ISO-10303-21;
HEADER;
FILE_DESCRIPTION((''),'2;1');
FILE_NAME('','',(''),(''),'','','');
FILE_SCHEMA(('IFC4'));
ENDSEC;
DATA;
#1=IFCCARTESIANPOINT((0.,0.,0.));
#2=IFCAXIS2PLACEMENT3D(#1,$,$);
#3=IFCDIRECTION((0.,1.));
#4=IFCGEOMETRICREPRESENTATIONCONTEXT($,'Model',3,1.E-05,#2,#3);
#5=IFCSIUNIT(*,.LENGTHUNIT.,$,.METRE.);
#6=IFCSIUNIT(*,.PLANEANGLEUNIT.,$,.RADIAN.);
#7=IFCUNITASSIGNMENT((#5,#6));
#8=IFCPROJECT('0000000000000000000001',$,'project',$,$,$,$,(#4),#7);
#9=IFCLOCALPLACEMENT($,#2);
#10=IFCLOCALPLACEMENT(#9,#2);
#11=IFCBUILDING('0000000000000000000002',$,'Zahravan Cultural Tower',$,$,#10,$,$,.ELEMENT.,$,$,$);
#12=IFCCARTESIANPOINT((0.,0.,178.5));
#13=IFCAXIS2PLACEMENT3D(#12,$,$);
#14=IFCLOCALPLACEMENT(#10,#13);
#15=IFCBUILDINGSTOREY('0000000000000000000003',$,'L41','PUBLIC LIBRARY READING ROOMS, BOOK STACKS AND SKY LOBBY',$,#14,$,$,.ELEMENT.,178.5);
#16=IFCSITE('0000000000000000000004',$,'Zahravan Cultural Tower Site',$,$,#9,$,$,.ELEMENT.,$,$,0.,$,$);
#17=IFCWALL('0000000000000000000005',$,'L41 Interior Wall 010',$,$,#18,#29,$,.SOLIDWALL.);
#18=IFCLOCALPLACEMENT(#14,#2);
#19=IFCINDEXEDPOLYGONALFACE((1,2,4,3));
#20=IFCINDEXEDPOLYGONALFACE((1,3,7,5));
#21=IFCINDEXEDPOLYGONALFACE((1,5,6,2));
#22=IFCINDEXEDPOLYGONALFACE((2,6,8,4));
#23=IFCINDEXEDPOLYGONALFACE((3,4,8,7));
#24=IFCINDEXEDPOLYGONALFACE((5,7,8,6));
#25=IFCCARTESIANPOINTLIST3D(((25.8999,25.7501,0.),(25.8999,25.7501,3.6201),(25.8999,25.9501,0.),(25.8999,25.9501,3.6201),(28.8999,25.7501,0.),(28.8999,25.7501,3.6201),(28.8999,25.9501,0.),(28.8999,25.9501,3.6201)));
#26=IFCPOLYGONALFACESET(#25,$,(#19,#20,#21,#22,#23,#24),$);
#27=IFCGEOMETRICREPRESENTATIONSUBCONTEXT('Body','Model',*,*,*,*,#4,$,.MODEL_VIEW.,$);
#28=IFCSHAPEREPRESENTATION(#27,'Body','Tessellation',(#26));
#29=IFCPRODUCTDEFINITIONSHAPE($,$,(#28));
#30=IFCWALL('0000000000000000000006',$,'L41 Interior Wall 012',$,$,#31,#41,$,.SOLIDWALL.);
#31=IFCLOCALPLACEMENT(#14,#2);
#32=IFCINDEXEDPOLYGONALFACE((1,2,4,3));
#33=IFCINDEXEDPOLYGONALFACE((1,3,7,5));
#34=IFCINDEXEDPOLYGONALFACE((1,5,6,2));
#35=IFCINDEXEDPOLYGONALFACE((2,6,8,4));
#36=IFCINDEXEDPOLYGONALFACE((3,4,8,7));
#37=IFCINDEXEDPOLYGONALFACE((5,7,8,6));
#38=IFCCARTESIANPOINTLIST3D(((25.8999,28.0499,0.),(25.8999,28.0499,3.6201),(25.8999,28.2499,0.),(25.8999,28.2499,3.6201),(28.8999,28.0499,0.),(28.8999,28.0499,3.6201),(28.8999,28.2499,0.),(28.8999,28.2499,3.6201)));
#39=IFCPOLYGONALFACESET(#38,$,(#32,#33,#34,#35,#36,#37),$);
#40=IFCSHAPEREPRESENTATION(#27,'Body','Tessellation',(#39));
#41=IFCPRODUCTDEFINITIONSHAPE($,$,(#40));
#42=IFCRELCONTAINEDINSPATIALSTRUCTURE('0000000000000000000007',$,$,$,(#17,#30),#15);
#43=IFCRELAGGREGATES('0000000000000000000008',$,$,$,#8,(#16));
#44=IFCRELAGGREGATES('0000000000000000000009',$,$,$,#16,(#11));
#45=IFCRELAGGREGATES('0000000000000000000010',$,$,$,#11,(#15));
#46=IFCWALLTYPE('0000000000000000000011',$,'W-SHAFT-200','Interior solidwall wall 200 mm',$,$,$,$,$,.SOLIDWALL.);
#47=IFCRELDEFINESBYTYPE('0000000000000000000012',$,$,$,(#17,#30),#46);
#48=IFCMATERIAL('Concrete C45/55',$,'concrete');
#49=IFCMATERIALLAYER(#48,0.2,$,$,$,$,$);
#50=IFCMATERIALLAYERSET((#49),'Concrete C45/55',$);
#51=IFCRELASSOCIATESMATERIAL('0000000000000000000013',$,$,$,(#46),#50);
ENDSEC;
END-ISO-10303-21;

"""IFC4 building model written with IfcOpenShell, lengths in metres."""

from ifc_helpers import new_model, si_unit, direction, frame, frame_2d, origin, place, context, subcontext, project, spatial, rectangle, extrude, source, transform, mapped, material, layer, layer_set, type_object, element, save


model = new_model("IFC4")

# Units and contexts
model_context = context("Model", 3, precision=1e-05, world=origin(), true_north=direction((0.0, 1.0)))
body_context = subcontext(model_context, "Body", "Model", "MODEL_VIEW")
ifc_project = project(units=[si_unit("LENGTHUNIT", "METRE"), si_unit("PLANEANGLEUNIT", "RADIAN")], contexts=[model_context])

# Site, building, storey
site_placement = place(None, origin())
site = spatial("IfcSite", under=ifc_project, at=site_placement, Name="Zahravan Cultural Tower Site", CompositionType="ELEMENT", RefElevation=0.0)
building_placement = place(site_placement, origin())
building = spatial("IfcBuilding", under=site, at=building_placement, Name="Zahravan Cultural Tower", CompositionType="ELEMENT")
storey_placement = place(building_placement, frame((0.0, 0.0, 178.5)))
storey = spatial("IfcBuildingStorey", under=building, at=storey_placement, Name="L41", Description="PUBLIC LIBRARY READING ROOMS, BOOK STACKS AND SKY LOBBY", CompositionType="ELEMENT", Elevation=178.5)

# Shared definitions
ifc_material_1 = material(Name="Concrete C45/55", Category="concrete")
ifc_layer_1 = layer(ifc_material_1, 0.2)
ifc_layer_set_1 = layer_set([ifc_layer_1], Name="Concrete C45/55")
wall_type_1 = type_object("IfcWallType", Name="W-SHAFT-200", Description="Interior solidwall wall 200 mm", PredefinedType="SOLIDWALL", material=ifc_layer_set_1)

# Walls
shared_shape_1 = source(origin(), body_context, "Body", "SweptSolid", [
    extrude(rectangle(XDim=3.0, YDim=0.2, at=frame_2d((1.5, 0.0))), origin(), (0.0, 0.0, 1.0), 3.6201),
])
for number, where, z_axis, x_axis, name in (
    (1, (25.8999, 25.8501, 0.0), (0.0, 0.0, 1.0), (1.0, 0.0, 0.0), "L41 Interior Wall 010"),
    (2, (25.8999, 28.1499, 0.0), (0.0, 0.0, 1.0), (1.0, 0.0, 0.0), "L41 Interior Wall 012"),
):
    element("IfcWall", number, at=place(storey_placement, frame(where, z_axis=z_axis, x_axis=x_axis)), inside=storey, type_object=wall_type_1, Name=name, PredefinedType="SOLIDWALL", context=body_context, shape_type="MappedRepresentation", body=[
        mapped(shared_shape_1, transform((0.0, 0.0, 0.0), x_axis=(1.0, 0.0, 0.0), y_axis=(0.0, 1.0, 0.0), z_axis=(0.0, 0.0, 1.0), scale=1.0)),
    ])

save(model, "model.ifc")
